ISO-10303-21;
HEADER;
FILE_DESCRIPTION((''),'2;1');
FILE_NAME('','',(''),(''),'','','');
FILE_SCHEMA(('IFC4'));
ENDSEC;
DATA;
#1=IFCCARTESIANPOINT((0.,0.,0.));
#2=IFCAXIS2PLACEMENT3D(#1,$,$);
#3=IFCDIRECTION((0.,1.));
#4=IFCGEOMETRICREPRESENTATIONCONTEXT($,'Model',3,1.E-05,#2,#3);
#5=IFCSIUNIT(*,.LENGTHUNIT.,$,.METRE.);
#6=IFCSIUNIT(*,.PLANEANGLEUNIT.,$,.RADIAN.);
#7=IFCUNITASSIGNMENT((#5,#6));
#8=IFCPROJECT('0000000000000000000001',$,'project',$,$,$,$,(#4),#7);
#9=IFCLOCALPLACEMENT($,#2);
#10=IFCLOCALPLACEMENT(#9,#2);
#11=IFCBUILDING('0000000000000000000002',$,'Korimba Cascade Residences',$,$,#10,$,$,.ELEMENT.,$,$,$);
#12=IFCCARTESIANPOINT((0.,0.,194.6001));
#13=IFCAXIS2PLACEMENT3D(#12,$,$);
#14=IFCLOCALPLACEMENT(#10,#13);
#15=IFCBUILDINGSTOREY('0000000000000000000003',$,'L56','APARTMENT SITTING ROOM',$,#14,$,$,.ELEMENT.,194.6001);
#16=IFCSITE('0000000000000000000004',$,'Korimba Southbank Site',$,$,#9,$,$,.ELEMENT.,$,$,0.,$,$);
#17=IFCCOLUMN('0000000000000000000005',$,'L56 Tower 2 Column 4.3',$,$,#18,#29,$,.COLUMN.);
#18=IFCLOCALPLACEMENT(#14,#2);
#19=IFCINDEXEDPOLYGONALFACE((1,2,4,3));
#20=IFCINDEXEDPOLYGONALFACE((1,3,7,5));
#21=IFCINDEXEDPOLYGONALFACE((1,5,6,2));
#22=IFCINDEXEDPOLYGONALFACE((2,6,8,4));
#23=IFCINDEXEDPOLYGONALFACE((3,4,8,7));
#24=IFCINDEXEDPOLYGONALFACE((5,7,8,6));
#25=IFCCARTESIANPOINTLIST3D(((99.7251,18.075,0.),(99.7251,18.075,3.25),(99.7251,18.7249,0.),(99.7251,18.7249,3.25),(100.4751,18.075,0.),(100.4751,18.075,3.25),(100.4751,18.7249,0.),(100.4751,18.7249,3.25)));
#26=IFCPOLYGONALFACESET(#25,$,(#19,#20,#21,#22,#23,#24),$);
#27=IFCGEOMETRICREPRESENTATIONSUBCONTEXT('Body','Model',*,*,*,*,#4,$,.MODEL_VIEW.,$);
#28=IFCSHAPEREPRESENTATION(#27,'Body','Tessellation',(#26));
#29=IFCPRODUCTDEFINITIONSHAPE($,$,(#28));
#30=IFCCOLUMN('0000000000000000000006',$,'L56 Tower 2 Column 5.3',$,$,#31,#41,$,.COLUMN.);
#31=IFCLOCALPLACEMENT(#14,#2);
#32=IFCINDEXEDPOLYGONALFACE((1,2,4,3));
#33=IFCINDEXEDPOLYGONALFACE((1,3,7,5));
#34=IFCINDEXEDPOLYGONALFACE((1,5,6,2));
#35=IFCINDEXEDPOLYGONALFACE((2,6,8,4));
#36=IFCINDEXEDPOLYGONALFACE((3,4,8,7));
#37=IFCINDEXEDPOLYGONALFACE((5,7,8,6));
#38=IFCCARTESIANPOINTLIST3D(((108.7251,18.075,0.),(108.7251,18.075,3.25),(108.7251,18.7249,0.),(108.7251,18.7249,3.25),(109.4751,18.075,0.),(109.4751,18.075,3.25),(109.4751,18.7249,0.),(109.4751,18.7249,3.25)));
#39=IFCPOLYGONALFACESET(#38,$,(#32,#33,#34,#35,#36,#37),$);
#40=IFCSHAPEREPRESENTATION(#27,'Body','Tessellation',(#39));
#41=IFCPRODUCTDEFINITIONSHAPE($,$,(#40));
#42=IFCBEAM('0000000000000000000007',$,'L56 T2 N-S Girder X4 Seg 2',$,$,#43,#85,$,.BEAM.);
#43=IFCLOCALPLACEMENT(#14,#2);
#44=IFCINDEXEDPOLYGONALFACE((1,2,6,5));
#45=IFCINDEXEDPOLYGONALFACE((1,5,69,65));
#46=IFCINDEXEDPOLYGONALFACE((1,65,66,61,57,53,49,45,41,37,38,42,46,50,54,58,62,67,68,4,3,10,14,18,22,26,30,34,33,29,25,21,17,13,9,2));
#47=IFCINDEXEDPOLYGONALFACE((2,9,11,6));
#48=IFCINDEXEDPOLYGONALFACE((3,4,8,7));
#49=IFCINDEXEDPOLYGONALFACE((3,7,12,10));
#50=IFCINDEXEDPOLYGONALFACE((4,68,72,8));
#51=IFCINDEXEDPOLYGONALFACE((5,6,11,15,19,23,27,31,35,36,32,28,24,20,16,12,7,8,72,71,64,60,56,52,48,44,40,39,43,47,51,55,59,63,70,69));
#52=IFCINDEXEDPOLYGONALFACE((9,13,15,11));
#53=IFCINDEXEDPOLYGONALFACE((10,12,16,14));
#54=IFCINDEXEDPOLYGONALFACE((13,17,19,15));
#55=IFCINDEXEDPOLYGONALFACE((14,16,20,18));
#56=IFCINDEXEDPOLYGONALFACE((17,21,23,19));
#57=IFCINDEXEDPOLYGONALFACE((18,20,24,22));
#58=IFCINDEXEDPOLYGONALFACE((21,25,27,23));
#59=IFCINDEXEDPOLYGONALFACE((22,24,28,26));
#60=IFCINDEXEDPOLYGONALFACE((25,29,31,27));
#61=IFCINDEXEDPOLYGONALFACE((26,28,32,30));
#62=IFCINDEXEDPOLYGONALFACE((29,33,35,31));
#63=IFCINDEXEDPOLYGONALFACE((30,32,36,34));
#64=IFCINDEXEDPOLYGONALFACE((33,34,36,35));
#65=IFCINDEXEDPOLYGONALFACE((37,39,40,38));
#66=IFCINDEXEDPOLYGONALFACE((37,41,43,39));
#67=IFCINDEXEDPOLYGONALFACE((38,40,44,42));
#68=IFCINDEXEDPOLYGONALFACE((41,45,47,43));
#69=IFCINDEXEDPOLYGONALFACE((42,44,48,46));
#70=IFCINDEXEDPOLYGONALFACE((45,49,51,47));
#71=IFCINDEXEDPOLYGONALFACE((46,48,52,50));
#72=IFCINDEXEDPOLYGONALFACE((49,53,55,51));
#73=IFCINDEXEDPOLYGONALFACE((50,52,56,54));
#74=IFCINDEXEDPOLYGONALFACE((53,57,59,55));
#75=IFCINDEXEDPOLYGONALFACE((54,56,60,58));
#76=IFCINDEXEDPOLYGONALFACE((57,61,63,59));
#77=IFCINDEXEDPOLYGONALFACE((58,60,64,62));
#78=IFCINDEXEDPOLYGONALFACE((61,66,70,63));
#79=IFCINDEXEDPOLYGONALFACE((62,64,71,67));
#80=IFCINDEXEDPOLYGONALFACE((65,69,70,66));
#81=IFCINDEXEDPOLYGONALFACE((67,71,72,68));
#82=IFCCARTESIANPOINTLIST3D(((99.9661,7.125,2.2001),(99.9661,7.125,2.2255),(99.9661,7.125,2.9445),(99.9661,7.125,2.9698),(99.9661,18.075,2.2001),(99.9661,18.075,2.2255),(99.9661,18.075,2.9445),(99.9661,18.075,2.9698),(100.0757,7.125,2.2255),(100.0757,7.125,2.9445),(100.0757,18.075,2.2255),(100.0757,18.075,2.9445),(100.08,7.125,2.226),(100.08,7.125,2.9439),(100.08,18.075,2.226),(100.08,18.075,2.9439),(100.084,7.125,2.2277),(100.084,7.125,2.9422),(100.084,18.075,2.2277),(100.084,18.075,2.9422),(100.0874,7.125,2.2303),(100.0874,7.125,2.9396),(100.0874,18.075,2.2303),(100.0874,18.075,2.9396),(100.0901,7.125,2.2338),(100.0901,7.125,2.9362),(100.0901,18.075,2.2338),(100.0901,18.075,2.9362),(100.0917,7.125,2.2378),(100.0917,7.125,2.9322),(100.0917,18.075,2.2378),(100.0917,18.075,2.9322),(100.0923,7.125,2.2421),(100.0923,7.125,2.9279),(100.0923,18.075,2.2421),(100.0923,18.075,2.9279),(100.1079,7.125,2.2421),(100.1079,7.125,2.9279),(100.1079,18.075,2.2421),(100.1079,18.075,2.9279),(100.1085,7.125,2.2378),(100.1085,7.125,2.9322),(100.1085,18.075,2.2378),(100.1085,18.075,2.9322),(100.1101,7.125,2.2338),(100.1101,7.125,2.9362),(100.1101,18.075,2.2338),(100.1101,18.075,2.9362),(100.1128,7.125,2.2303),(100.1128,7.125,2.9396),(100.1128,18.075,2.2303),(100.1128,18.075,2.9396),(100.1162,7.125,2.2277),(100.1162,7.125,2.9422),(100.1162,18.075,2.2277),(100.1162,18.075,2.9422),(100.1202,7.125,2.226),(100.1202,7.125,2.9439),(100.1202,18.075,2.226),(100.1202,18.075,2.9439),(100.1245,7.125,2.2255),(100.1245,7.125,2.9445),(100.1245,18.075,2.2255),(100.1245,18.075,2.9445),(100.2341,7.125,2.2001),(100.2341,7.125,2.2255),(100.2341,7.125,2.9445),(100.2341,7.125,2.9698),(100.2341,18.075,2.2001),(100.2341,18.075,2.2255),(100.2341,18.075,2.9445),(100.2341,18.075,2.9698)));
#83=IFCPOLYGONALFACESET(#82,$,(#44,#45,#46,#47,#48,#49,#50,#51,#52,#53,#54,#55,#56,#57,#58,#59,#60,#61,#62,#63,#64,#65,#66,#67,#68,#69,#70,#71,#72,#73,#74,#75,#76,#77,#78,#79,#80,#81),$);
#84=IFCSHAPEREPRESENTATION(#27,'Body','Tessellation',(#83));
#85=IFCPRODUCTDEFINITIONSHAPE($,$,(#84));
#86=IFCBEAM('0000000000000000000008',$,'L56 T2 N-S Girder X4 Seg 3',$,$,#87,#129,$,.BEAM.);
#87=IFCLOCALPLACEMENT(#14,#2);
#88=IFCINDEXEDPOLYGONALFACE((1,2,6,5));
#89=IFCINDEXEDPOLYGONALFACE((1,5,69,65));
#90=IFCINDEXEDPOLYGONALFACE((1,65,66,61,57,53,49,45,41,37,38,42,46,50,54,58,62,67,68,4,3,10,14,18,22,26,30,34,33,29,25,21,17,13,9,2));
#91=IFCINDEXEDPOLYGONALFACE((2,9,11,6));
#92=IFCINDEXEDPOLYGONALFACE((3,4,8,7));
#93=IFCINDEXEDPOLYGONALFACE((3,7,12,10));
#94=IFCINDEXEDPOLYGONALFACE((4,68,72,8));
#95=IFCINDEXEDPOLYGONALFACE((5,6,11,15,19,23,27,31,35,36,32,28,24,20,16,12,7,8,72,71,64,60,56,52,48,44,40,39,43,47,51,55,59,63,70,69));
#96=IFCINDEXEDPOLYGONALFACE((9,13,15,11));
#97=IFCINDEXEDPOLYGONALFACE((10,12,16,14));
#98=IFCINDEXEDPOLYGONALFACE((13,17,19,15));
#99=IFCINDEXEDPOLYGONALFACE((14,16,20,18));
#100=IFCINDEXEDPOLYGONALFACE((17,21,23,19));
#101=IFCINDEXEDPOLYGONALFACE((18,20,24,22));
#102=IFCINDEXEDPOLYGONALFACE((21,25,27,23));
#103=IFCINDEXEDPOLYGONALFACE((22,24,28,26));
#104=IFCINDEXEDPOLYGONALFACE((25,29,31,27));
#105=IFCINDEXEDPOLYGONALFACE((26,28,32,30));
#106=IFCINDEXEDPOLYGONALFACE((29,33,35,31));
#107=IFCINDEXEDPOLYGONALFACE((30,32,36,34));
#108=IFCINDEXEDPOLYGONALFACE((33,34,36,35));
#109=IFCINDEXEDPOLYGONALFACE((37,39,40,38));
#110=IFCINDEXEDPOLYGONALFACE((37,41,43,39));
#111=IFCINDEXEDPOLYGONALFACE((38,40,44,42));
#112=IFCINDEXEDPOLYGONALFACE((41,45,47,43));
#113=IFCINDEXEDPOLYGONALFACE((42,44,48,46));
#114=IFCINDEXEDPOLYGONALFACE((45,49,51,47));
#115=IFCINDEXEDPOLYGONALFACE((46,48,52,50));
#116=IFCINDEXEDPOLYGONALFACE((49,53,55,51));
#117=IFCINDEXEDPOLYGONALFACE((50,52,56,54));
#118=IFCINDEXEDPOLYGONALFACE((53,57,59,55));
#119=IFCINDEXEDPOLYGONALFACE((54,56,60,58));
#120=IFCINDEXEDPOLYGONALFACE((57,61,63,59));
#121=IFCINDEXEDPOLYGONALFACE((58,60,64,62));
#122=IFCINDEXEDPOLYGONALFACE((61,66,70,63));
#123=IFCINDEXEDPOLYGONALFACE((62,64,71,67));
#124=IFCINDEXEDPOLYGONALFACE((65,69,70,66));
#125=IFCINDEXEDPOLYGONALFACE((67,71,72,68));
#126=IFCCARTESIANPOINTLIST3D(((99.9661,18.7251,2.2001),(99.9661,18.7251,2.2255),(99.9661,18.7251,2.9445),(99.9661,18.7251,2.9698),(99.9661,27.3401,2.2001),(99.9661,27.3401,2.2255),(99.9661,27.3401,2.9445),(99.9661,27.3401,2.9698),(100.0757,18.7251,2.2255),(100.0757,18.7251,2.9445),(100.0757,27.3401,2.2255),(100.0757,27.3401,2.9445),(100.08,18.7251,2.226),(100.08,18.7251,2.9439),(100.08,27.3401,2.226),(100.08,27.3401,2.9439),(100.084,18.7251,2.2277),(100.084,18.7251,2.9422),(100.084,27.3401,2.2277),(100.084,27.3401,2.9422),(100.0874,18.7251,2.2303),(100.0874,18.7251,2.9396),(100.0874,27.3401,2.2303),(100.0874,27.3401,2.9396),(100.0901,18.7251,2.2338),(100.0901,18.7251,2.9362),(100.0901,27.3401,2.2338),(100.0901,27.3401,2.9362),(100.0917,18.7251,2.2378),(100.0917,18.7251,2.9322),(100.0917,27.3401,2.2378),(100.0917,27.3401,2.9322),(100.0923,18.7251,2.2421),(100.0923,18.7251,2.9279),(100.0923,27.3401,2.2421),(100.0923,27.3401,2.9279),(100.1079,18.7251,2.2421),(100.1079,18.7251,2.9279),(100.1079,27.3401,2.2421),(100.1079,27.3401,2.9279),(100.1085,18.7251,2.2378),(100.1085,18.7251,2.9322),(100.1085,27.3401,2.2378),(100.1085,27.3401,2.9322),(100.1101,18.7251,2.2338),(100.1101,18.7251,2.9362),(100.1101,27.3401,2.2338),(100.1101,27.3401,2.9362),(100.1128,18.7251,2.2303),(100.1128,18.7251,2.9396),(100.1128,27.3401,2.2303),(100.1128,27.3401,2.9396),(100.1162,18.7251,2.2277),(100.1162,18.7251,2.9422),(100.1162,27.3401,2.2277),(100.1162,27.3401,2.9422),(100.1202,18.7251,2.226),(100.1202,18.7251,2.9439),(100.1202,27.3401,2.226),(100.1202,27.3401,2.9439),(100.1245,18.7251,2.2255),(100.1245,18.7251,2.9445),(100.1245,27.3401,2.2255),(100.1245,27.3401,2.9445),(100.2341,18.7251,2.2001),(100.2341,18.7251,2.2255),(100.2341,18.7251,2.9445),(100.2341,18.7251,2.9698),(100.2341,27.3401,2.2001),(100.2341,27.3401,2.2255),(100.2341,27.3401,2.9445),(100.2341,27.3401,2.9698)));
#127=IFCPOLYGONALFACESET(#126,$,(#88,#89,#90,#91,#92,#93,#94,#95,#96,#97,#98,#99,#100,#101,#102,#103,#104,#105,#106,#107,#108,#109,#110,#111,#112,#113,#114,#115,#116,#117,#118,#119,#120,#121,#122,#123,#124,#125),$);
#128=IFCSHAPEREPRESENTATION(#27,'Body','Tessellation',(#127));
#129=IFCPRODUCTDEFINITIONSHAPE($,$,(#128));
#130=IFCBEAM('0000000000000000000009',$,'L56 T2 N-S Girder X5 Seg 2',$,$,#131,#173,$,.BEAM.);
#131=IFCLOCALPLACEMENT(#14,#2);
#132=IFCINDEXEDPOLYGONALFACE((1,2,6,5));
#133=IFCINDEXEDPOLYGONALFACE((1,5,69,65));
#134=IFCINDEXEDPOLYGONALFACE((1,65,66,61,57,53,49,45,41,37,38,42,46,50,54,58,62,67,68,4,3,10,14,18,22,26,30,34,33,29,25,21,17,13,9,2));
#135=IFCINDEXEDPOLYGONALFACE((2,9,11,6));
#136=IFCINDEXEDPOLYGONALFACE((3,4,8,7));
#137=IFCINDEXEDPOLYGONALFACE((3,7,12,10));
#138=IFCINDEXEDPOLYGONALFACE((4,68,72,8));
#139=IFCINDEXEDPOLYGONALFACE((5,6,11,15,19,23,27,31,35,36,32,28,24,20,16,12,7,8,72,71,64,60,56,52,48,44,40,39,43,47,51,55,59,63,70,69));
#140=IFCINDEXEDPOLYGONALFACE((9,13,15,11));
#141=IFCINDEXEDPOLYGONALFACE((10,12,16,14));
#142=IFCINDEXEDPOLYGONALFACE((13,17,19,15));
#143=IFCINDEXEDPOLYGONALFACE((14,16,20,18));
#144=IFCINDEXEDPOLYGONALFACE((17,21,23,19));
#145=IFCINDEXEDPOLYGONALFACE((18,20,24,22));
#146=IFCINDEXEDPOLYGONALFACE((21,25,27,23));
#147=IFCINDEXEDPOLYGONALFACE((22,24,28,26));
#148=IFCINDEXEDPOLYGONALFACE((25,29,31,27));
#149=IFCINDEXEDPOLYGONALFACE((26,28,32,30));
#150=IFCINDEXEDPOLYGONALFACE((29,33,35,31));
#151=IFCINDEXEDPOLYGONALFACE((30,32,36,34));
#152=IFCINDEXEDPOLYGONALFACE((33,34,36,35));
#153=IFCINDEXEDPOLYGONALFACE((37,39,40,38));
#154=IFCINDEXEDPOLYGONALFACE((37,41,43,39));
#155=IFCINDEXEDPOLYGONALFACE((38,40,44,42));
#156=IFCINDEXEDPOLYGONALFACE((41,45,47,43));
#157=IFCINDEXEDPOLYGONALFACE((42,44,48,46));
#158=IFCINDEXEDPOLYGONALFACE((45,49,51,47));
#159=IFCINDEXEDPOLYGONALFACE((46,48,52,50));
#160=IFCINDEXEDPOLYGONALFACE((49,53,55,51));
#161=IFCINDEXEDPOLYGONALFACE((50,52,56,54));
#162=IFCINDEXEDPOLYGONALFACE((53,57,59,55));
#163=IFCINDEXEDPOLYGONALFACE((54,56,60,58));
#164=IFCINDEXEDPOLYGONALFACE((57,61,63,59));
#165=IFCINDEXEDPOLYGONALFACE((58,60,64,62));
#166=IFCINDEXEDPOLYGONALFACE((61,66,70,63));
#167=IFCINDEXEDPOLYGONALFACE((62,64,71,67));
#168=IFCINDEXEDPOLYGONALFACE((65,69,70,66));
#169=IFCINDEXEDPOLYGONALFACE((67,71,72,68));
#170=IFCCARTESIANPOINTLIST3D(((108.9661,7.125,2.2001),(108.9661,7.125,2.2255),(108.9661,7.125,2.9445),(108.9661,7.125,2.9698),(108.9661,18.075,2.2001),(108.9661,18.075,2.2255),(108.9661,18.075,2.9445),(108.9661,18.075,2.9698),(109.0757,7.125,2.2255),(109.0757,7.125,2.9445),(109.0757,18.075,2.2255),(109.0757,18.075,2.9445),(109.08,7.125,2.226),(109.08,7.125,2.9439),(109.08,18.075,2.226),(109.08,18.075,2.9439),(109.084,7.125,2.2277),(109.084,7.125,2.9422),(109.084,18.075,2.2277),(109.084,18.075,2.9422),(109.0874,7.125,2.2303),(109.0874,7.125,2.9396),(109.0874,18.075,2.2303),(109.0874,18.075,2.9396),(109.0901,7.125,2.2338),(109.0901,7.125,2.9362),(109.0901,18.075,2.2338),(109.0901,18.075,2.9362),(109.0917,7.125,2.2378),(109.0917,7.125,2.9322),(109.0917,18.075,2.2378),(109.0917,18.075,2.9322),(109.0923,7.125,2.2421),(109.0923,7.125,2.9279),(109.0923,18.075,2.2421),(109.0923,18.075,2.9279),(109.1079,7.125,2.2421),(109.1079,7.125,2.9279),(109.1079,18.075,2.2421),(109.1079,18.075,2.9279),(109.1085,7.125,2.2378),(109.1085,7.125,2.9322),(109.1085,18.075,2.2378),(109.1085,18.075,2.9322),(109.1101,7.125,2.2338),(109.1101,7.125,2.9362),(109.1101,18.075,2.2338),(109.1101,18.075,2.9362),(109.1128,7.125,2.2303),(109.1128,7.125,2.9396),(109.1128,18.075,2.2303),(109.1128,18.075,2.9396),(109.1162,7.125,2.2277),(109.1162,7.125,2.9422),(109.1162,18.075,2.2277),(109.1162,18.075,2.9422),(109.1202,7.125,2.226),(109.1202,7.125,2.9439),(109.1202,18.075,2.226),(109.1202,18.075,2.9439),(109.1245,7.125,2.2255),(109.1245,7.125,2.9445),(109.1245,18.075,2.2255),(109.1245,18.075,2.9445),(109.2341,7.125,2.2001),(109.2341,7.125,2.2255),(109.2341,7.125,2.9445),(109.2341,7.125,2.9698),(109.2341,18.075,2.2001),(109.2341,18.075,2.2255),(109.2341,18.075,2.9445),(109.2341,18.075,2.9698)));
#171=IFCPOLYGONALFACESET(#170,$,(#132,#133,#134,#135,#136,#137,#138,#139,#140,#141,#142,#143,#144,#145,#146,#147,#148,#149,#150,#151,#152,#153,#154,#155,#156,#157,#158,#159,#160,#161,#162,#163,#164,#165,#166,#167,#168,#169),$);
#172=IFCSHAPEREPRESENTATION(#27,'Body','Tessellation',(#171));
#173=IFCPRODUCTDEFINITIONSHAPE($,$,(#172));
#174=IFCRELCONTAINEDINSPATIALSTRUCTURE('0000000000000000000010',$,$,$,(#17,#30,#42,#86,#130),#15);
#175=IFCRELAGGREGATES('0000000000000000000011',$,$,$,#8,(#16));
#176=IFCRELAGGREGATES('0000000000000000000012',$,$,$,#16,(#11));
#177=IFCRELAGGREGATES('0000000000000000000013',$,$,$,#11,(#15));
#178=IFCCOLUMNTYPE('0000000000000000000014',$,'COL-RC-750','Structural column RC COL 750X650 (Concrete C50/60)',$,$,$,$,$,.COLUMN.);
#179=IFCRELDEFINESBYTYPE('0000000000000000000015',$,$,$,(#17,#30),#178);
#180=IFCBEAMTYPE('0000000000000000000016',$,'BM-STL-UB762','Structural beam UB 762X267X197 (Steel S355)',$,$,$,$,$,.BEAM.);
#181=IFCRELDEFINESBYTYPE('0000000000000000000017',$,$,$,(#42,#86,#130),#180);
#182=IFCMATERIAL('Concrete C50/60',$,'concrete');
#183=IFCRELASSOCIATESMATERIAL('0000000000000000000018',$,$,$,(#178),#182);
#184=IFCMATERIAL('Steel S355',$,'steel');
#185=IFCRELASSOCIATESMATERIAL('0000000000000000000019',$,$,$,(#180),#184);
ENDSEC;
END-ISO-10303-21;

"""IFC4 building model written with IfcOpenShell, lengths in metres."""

from ifc_helpers import new_model, si_unit, direction, frame, origin, origin_2d, place, context, subcontext, project, spatial, rectangle, i_section, extrude, material, material_profile, profile_set, type_object, element, save


model = new_model("IFC4")

# Units and contexts
model_context = context("Model", 3, precision=1e-05, world=origin(), true_north=direction((0.0, 1.0)))
body_context = subcontext(model_context, "Body", "Model", "MODEL_VIEW")
ifc_project = project(units=[si_unit("LENGTHUNIT", "METRE"), si_unit("PLANEANGLEUNIT", "RADIAN")], contexts=[model_context])

# Site, building, storey
site_placement = place(None, origin())
site = spatial("IfcSite", under=ifc_project, at=site_placement, Name="Korimba Southbank Site", CompositionType="ELEMENT", RefElevation=0.0)
building_placement = place(site_placement, origin())
building = spatial("IfcBuilding", under=site, at=building_placement, Name="Korimba Cascade Residences", CompositionType="ELEMENT")
storey_placement = place(building_placement, frame((0.0, 0.0, 194.6001)))
storey = spatial("IfcBuildingStorey", under=building, at=storey_placement, Name="L56", Description="APARTMENT SITTING ROOM", CompositionType="ELEMENT", Elevation=194.6001)

# Columns
ifc_material_1 = material(Name="Concrete C50/60", Category="concrete")
ifc_material_profile_1 = material_profile(ifc_material_1, rectangle(XDim=0.75, YDim=0.6499, at=origin_2d()), Name="Concrete C50/60")
ifc_profile_set_1 = profile_set([ifc_material_profile_1], Name="Concrete C50/60")
column_type = type_object("IfcColumnType", Name="COL-RC-750", Description="Structural column RC COL 750X650 (Concrete C50/60)", PredefinedType="COLUMN", material=ifc_profile_set_1)
for number, where, z_axis, x_axis, name in (
    (1, (100.1001, 18.3999, 0.0), (0.0, 0.0, 1.0), (1.0, 0.0, 0.0), "L56 Tower 2 Column 4.3"),
    (2, (109.1001, 18.3999, 0.0), (0.0, 0.0, 1.0), (1.0, 0.0, 0.0), "L56 Tower 2 Column 5.3"),
):
    element("IfcColumn", number, at=place(storey_placement, frame(where, z_axis=z_axis, x_axis=x_axis)), inside=storey, type_object=column_type, Name=name, PredefinedType="COLUMN", context=body_context, shape_type="SweptSolid", body=[
        extrude(rectangle(XDim=0.75, YDim=0.6499, at=origin_2d()), origin(), (0.0, 0.0, 1.0), 3.25),
    ])

# Beams
ifc_material_2 = material(Name="Steel S355", Category="steel")
ifc_material_profile_2 = material_profile(ifc_material_2, i_section(OverallWidth=0.2681, OverallDepth=0.7698, WebThickness=0.0156, FlangeThickness=0.0254, FilletRadius=0.0166, at=origin_2d()), Name="Steel S355")
ifc_profile_set_2 = profile_set([ifc_material_profile_2], Name="Steel S355")
beam_type = type_object("IfcBeamType", Name="BM-STL-UB762", Description="Structural beam UB 762X267X197 (Steel S355)", PredefinedType="BEAM", material=ifc_profile_set_2)
beam_1_placement = place(storey_placement, frame((100.1001, 7.125, 2.585), z_axis=(0.0, 1.0, 0.0), x_axis=(-1.0, 0.0, 0.0)))
element("IfcBeam", 3, at=beam_1_placement, inside=storey, type_object=beam_type, Name="L56 T2 N-S Girder X4 Seg 2", PredefinedType="BEAM", context=body_context, shape_type="SweptSolid", body=[
    extrude(i_section(OverallWidth=0.2681, OverallDepth=0.7698, WebThickness=0.0156, FlangeThickness=0.0254, FilletRadius=0.0166, at=origin_2d()), origin(), (0.0, 0.0, 1.0), 10.95),
])
beam_2_placement = place(storey_placement, frame((100.1001, 18.7251, 2.585), z_axis=(0.0, 1.0, 0.0), x_axis=(-1.0, 0.0, 0.0)))
element("IfcBeam", 4, at=beam_2_placement, inside=storey, type_object=beam_type, Name="L56 T2 N-S Girder X4 Seg 3", PredefinedType="BEAM", context=body_context, shape_type="SweptSolid", body=[
    extrude(i_section(OverallWidth=0.2681, OverallDepth=0.7698, WebThickness=0.0156, FlangeThickness=0.0254, FilletRadius=0.0166, at=origin_2d()), origin(), (0.0, 0.0, 1.0), 8.615),
])
beam_3_placement = place(storey_placement, frame((109.1001, 7.125, 2.585), z_axis=(0.0, 1.0, 0.0), x_axis=(-1.0, 0.0, 0.0)))
element("IfcBeam", 5, at=beam_3_placement, inside=storey, type_object=beam_type, Name="L56 T2 N-S Girder X5 Seg 2", PredefinedType="BEAM", context=body_context, shape_type="SweptSolid", body=[
    extrude(i_section(OverallWidth=0.2681, OverallDepth=0.7698, WebThickness=0.0156, FlangeThickness=0.0254, FilletRadius=0.0166, at=origin_2d()), origin(), (0.0, 0.0, 1.0), 10.95),
])

save(model, "model.ifc")
